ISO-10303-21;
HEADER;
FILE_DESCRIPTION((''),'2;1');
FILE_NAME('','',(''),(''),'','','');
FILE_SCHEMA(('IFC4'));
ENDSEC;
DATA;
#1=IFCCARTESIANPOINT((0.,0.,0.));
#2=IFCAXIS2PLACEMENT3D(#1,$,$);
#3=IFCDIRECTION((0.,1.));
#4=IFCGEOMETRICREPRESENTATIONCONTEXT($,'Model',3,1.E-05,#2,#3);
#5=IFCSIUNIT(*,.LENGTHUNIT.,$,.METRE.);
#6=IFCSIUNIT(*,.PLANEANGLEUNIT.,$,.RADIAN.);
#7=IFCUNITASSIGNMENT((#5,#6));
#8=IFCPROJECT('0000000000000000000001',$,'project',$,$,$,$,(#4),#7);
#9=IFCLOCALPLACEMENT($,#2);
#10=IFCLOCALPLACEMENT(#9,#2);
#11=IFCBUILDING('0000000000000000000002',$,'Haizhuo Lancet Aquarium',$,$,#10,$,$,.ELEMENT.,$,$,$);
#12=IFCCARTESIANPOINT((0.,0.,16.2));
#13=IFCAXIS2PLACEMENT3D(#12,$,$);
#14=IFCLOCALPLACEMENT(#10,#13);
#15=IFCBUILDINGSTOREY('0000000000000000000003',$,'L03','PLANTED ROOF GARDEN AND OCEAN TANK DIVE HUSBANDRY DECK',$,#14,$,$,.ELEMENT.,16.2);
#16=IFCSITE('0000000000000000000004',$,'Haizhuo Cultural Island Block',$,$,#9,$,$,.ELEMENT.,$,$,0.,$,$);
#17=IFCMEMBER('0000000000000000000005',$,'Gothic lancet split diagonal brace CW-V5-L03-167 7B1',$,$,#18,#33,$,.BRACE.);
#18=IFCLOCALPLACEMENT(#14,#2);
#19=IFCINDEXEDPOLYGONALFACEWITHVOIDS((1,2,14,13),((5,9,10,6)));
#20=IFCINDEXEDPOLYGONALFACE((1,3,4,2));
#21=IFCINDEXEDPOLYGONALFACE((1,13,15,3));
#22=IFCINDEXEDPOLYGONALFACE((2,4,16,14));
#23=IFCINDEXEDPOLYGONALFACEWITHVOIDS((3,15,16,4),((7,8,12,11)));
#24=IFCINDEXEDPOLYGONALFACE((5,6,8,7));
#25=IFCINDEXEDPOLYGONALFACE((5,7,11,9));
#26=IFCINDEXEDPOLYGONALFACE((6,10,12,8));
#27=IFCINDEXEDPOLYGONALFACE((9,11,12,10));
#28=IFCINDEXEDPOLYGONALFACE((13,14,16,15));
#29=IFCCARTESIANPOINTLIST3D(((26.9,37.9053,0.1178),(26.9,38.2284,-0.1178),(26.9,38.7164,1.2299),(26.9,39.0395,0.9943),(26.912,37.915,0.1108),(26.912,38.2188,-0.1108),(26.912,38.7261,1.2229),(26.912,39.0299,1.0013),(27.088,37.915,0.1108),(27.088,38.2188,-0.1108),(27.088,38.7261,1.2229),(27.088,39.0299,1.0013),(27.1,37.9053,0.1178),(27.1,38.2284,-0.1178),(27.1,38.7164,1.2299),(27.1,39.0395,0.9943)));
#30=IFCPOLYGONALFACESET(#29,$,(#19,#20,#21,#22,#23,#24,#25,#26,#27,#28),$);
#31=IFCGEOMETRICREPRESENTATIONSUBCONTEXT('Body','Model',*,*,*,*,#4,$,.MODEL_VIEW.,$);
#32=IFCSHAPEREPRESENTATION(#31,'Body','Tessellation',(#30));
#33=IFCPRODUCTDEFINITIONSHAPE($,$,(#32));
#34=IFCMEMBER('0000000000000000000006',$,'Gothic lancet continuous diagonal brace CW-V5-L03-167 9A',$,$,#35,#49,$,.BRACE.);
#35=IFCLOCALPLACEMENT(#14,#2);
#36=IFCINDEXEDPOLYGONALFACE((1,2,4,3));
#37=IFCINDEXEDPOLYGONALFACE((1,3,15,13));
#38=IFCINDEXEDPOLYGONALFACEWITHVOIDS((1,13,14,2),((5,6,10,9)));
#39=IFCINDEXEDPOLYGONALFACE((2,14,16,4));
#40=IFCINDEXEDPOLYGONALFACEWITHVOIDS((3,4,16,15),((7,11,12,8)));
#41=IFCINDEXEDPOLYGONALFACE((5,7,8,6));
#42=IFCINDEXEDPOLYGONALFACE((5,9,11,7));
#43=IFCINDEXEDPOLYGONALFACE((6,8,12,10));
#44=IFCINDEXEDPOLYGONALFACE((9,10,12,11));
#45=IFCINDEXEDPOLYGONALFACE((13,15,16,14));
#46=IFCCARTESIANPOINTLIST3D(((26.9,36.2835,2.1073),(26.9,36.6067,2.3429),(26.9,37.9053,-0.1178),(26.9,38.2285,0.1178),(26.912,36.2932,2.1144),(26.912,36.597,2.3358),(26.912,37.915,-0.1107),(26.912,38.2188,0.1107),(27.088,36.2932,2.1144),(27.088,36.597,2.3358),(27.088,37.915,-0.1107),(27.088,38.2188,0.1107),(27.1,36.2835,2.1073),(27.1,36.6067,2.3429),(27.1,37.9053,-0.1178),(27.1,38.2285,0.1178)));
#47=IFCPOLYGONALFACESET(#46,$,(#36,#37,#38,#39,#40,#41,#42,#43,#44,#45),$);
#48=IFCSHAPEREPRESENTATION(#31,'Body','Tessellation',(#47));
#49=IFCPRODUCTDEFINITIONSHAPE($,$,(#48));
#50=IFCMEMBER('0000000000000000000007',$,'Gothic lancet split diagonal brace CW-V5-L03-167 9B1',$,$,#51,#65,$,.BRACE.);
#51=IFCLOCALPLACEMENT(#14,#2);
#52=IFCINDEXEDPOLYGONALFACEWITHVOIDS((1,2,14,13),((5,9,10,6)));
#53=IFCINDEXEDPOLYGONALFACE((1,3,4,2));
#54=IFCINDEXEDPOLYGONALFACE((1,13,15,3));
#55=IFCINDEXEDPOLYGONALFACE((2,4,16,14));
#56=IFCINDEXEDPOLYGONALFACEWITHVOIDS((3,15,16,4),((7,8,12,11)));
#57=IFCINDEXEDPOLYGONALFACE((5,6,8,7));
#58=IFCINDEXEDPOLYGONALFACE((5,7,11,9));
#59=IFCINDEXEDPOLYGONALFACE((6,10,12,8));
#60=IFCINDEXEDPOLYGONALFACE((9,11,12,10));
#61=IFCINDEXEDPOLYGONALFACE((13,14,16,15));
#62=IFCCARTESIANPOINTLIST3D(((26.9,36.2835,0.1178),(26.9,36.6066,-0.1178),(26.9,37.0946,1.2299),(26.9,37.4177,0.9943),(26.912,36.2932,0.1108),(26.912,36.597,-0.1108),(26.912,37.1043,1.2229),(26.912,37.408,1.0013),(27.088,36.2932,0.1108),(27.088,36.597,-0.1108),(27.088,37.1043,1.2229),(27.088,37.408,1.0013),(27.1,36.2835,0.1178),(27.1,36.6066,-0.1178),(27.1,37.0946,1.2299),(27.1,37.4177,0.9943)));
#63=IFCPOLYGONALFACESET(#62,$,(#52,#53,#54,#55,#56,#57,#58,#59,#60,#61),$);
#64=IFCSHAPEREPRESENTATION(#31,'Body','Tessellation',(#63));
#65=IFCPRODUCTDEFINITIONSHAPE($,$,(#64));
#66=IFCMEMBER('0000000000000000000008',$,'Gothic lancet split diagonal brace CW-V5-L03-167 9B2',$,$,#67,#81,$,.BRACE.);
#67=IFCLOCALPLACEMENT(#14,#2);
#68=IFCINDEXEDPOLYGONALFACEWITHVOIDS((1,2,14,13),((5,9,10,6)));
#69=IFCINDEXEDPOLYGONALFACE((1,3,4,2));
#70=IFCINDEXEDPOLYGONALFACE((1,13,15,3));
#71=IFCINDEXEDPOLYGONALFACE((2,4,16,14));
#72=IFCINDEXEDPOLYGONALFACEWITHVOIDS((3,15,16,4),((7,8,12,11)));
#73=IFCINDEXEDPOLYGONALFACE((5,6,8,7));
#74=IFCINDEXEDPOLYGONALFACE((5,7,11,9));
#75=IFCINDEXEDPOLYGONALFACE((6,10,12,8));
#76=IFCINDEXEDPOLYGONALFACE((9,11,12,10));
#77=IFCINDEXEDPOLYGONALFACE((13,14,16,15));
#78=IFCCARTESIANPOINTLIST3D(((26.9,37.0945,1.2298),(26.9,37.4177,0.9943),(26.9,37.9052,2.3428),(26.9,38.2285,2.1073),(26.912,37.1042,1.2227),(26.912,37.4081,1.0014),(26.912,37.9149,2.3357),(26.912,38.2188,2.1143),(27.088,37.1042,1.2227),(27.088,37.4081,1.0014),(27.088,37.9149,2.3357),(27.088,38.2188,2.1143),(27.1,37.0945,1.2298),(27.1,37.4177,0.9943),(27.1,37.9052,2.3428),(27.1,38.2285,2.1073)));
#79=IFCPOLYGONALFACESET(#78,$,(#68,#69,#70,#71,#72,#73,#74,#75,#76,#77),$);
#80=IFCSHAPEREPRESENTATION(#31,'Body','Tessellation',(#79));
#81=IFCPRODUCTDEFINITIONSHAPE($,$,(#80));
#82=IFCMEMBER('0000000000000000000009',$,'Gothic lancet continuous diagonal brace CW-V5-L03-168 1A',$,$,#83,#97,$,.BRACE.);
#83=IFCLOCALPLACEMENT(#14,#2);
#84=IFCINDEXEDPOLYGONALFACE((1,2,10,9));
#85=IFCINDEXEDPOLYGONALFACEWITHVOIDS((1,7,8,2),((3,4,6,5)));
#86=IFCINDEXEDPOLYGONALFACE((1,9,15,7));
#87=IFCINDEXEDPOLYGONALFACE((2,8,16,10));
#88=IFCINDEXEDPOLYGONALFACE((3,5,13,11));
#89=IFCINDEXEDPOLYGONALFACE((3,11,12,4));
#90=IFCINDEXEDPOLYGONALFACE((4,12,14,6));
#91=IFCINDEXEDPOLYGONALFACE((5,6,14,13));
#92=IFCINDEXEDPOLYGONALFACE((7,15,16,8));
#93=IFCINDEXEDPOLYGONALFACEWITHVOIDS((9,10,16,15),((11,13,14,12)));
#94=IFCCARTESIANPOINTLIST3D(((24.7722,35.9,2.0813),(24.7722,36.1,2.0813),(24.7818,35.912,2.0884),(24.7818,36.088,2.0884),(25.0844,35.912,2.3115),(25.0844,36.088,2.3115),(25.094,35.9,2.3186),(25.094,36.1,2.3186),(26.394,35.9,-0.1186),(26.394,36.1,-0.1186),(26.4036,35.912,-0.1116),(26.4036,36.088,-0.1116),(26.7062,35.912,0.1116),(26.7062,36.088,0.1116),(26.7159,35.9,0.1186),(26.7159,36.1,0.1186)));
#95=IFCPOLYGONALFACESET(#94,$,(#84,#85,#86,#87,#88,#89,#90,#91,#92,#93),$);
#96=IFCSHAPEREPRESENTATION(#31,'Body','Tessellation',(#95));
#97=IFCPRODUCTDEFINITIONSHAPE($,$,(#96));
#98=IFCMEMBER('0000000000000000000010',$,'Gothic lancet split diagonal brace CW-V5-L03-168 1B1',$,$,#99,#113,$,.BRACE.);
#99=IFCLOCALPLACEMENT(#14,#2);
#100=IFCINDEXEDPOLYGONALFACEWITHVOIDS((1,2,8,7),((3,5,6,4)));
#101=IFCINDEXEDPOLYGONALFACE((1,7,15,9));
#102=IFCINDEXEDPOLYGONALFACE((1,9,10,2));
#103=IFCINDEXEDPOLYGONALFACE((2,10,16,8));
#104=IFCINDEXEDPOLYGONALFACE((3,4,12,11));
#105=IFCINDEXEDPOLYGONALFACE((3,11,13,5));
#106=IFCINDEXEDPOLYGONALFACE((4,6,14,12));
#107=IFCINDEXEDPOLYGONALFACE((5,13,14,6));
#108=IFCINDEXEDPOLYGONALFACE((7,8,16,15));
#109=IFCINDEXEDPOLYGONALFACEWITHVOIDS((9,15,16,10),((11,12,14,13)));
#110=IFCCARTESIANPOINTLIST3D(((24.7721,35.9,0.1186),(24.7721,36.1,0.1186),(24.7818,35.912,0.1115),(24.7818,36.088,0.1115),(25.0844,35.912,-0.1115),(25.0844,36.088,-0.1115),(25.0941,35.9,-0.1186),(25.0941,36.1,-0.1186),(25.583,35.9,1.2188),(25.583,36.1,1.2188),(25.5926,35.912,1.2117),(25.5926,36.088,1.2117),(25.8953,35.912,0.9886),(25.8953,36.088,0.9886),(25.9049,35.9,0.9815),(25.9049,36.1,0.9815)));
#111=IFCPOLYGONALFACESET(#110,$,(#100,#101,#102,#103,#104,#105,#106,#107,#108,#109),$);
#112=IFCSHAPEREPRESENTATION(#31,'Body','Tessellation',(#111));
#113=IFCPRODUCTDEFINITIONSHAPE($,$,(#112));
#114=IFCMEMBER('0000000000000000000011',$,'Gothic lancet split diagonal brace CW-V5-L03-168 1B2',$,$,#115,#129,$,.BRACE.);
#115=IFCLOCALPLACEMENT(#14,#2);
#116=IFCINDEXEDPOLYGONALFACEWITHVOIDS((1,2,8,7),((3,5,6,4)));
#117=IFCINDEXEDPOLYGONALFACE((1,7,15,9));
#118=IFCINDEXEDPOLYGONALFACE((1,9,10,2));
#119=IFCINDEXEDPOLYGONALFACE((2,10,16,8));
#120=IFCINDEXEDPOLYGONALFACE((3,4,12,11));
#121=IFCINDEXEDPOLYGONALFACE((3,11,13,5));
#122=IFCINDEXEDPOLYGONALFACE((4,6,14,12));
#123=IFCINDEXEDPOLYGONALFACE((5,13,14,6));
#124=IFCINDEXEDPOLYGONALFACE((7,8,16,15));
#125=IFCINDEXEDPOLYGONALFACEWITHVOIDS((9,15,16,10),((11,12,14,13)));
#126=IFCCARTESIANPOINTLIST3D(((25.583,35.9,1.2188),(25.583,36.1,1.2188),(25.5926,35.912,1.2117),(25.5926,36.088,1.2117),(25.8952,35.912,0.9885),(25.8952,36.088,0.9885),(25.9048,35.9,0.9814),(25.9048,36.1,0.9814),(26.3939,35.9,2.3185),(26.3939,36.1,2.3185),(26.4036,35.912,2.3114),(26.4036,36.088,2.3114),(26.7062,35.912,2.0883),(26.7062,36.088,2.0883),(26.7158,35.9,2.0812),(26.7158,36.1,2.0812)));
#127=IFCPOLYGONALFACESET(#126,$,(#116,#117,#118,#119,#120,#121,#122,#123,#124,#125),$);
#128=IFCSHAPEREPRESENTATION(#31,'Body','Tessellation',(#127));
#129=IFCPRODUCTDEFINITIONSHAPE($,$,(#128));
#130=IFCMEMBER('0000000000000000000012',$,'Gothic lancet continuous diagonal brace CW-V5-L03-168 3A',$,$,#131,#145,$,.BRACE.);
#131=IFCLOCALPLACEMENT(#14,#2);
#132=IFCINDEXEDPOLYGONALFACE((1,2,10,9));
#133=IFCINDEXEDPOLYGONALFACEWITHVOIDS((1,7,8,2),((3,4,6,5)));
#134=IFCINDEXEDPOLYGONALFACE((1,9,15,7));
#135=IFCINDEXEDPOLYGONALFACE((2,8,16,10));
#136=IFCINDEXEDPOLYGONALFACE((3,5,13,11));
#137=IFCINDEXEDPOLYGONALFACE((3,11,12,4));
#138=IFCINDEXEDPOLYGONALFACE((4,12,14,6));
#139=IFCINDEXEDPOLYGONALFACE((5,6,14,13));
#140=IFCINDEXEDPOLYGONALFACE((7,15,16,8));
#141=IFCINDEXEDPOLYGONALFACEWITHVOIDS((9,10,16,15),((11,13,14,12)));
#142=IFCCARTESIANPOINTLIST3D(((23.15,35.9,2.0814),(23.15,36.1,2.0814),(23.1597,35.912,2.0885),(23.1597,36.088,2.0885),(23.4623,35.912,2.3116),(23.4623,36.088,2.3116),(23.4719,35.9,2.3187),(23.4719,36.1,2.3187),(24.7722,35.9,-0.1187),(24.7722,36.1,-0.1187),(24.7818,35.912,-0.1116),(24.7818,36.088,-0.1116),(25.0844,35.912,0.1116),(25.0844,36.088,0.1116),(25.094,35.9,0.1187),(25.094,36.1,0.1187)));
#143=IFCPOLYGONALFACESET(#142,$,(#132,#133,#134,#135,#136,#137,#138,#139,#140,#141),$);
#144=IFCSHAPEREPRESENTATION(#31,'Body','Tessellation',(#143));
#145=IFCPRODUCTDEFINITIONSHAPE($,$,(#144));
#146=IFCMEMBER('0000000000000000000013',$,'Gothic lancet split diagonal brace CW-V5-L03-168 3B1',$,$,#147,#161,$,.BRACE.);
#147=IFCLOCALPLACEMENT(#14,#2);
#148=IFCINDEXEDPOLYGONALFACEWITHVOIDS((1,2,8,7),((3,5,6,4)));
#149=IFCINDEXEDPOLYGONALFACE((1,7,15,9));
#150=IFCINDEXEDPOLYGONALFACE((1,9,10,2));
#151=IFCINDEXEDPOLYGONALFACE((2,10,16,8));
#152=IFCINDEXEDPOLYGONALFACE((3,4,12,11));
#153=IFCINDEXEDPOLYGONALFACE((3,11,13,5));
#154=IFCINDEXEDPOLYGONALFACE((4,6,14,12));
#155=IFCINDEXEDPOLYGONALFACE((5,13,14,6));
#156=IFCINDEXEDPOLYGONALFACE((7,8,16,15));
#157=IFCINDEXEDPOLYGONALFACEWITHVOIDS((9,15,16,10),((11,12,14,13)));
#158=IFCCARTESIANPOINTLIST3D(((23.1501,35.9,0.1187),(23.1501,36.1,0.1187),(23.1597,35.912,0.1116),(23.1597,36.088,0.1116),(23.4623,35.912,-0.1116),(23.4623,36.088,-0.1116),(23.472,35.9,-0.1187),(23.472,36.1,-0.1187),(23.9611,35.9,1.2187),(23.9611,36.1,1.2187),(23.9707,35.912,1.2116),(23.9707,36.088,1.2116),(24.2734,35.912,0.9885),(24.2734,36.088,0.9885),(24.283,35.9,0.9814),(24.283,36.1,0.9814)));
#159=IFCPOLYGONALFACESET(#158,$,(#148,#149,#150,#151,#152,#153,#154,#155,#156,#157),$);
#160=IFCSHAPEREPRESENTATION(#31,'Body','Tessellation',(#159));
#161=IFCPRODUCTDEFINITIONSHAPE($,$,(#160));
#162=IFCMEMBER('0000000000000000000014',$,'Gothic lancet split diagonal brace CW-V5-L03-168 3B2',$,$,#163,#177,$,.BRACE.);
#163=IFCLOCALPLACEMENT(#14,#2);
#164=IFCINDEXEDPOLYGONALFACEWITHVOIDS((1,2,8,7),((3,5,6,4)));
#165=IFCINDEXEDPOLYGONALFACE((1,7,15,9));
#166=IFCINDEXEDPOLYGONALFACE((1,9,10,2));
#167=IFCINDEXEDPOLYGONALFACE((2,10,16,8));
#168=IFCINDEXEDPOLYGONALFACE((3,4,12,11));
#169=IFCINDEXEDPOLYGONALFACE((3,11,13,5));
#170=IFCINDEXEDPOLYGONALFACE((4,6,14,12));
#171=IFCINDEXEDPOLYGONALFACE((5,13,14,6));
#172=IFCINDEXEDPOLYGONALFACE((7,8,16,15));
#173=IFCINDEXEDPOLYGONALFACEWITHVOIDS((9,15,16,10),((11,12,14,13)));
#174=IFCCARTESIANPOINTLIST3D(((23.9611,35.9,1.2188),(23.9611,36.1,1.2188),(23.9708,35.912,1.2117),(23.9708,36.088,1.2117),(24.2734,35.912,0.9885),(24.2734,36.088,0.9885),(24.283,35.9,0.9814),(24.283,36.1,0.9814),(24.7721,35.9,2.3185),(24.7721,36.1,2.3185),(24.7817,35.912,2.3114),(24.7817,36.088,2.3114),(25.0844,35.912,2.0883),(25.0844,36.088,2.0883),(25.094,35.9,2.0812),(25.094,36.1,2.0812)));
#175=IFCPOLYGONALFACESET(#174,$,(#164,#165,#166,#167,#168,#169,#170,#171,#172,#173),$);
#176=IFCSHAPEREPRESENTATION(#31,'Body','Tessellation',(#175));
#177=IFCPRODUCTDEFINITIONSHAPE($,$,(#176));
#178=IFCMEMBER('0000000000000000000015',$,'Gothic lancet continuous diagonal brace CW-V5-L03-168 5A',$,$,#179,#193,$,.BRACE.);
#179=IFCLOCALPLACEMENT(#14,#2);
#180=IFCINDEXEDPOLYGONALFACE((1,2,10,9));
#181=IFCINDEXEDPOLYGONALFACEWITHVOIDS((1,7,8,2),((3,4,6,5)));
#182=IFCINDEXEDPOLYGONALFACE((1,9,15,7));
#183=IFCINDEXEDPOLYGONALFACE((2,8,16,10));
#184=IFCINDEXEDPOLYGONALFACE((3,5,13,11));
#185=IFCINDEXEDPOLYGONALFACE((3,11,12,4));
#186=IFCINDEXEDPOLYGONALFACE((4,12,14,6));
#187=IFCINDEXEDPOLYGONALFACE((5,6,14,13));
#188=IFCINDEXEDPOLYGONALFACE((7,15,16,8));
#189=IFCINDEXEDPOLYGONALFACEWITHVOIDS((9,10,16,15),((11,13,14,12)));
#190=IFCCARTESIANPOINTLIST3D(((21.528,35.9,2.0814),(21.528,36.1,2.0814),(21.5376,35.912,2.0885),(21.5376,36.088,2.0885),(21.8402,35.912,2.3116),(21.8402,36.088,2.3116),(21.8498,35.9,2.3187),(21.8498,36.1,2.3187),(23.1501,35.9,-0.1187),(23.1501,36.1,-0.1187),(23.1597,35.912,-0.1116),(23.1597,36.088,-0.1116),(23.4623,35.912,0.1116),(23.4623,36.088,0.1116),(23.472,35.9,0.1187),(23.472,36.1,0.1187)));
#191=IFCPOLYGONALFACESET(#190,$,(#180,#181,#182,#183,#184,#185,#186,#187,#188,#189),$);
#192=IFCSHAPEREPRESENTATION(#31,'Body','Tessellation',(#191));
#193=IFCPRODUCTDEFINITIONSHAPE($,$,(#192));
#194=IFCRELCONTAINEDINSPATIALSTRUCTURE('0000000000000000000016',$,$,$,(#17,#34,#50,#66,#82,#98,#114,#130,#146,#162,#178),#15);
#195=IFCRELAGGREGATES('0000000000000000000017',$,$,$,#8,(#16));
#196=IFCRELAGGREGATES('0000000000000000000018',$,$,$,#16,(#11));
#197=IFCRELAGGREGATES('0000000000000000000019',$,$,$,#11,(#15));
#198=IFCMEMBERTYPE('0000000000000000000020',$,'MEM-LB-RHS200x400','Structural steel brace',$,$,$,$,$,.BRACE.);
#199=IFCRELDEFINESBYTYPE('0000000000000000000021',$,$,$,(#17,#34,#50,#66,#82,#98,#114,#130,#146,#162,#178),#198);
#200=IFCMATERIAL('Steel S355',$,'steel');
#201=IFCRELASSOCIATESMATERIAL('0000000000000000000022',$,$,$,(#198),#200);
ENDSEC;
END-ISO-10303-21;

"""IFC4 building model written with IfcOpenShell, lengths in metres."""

from ifc_helpers import new_model, si_unit, direction, frame, origin, origin_2d, place, context, subcontext, project, spatial, hollow_rectangle, extrude, material, material_profile, profile_set, type_object, element, save


model = new_model("IFC4")

# Units and contexts
model_context = context("Model", 3, precision=1e-05, world=origin(), true_north=direction((0.0, 1.0)))
body_context = subcontext(model_context, "Body", "Model", "MODEL_VIEW")
ifc_project = project(units=[si_unit("LENGTHUNIT", "METRE"), si_unit("PLANEANGLEUNIT", "RADIAN")], contexts=[model_context])

# Site, building, storey
site_placement = place(None, origin())
site = spatial("IfcSite", under=ifc_project, at=site_placement, Name="Haizhuo Cultural Island Block", CompositionType="ELEMENT", RefElevation=0.0)
building_placement = place(site_placement, origin())
building = spatial("IfcBuilding", under=site, at=building_placement, Name="Haizhuo Lancet Aquarium", CompositionType="ELEMENT")
storey_placement = place(building_placement, frame((0.0, 0.0, 16.2)))
storey = spatial("IfcBuildingStorey", under=building, at=storey_placement, Name="L03", Description="PLANTED ROOF GARDEN AND OCEAN TANK DIVE HUSBANDRY DECK", CompositionType="ELEMENT", Elevation=16.2)

# Members
ifc_material_1 = material(Name="Steel S355", Category="steel")
ifc_material_profile_1 = material_profile(ifc_material_1, hollow_rectangle(XDim=0.2, YDim=0.3999, WallThickness=0.012, at=origin_2d()), Name="RHS 200x400x12")
ifc_profile_set_1 = profile_set([ifc_material_profile_1], Name="Steel S355")
member_type_1 = type_object("IfcMemberType", Name="MEM-LB-RHS200x400", Description="Structural steel brace", PredefinedType="BRACE", material=ifc_profile_set_1)
member_1_placement = place(storey_placement, frame((27.0, 38.0669, 0.0), z_axis=(0.0, 0.589247, 0.807953), x_axis=(-1.0, 0.0, 0.0)))
element("IfcMember", 1, at=member_1_placement, inside=storey, type_object=member_type_1, Name="Gothic lancet split diagonal brace CW-V5-L03-167 7B1", PredefinedType="BRACE", context=body_context, shape_type="SweptSolid", body=[
    extrude(hollow_rectangle(XDim=0.2, YDim=0.3999, WallThickness=0.012, at=origin_2d()), origin(), (0.0, 0.0, 1.0), 1.3765),
])
member_2_placement = place(storey_placement, frame((27.0, 38.0669, 0.0), z_axis=(0.0, -0.58902, 0.808118), x_axis=(1.0, 0.0, 0.0)))
element("IfcMember", 2, at=member_2_placement, inside=storey, type_object=member_type_1, Name="Gothic lancet continuous diagonal brace CW-V5-L03-167 9A", PredefinedType="BRACE", context=body_context, shape_type="SweptSolid", body=[
    extrude(hollow_rectangle(XDim=0.2, YDim=0.3999, WallThickness=0.012, at=origin_2d()), origin(), (0.0, 0.0, 1.0), 2.7534),
])
member_3_placement = place(storey_placement, frame((27.0, 36.4451, 0.0), z_axis=(0.0, 0.589247, 0.807953), x_axis=(-1.0, 0.0, 0.0)))
element("IfcMember", 3, at=member_3_placement, inside=storey, type_object=member_type_1, Name="Gothic lancet split diagonal brace CW-V5-L03-167 9B1", PredefinedType="BRACE", context=body_context, shape_type="SweptSolid", body=[
    extrude(hollow_rectangle(XDim=0.2, YDim=0.3999, WallThickness=0.012, at=origin_2d()), origin(), (0.0, 0.0, 1.0), 1.3765),
])
member_4_placement = place(storey_placement, frame((27.0, 37.2561, 1.1121), z_axis=(0.0, 0.588793, 0.808284), x_axis=(-1.0, 0.0, 0.0)))
element("IfcMember", 4, at=member_4_placement, inside=storey, type_object=member_type_1, Name="Gothic lancet split diagonal brace CW-V5-L03-167 9B2", PredefinedType="BRACE", context=body_context, shape_type="SweptSolid", body=[
    extrude(hollow_rectangle(XDim=0.2, YDim=0.3999, WallThickness=0.012, at=origin_2d()), origin(), (0.0, 0.0, 1.0), 1.377),
])
member_5_placement = place(storey_placement, frame((26.5549, 36.0, 0.0), z_axis=(-0.593391, 0.0, 0.804914), x_axis=(0.0, -1.0, 0.0)))
element("IfcMember", 5, at=member_5_placement, inside=storey, type_object=member_type_1, Name="Gothic lancet continuous diagonal brace CW-V5-L03-168 1A", PredefinedType="BRACE", context=body_context, shape_type="SweptSolid", body=[
    extrude(hollow_rectangle(XDim=0.2, YDim=0.3999, WallThickness=0.012, at=origin_2d()), origin(), (0.0, 0.0, 1.0), 2.7332),
])
member_6_placement = place(storey_placement, frame((24.9331, 36.0, 0.0), z_axis=(0.59329, 0.0, 0.804988), x_axis=(0.0, 1.0, 0.0)))
element("IfcMember", 6, at=member_6_placement, inside=storey, type_object=member_type_1, Name="Gothic lancet split diagonal brace CW-V5-L03-168 1B1", PredefinedType="BRACE", context=body_context, shape_type="SweptSolid", body=[
    extrude(hollow_rectangle(XDim=0.2, YDim=0.3999, WallThickness=0.012, at=origin_2d()), origin(), (0.0, 0.0, 1.0), 1.3667),
])
member_7_placement = place(storey_placement, frame((25.7439, 36.0, 1.1001), z_axis=(0.593492, 0.0, 0.80484), x_axis=(0.0, 1.0, 0.0)))
element("IfcMember", 7, at=member_7_placement, inside=storey, type_object=member_type_1, Name="Gothic lancet split diagonal brace CW-V5-L03-168 1B2", PredefinedType="BRACE", context=body_context, shape_type="SweptSolid", body=[
    extrude(hollow_rectangle(XDim=0.2, YDim=0.3999, WallThickness=0.012, at=origin_2d()), origin(), (0.0, 0.0, 1.0), 1.3665),
])
member_8_placement = place(storey_placement, frame((24.9331, 36.0, 0.0), z_axis=(-0.593449, 0.0, 0.804872), x_axis=(0.0, -1.0, 0.0)))
element("IfcMember", 8, at=member_8_placement, inside=storey, type_object=member_type_1, Name="Gothic lancet continuous diagonal brace CW-V5-L03-168 3A", PredefinedType="BRACE", context=body_context, shape_type="SweptSolid", body=[
    extrude(hollow_rectangle(XDim=0.2, YDim=0.3999, WallThickness=0.012, at=origin_2d()), origin(), (0.0, 0.0, 1.0), 2.7334),
])
member_9_placement = place(storey_placement, frame((23.311, 36.0, 0.0), z_axis=(0.593406, 0.0, 0.804903), x_axis=(0.0, 1.0, 0.0)))
element("IfcMember", 9, at=member_9_placement, inside=storey, type_object=member_type_1, Name="Gothic lancet split diagonal brace CW-V5-L03-168 3B1", PredefinedType="BRACE", context=body_context, shape_type="SweptSolid", body=[
    extrude(hollow_rectangle(XDim=0.2, YDim=0.3999, WallThickness=0.012, at=origin_2d()), origin(), (0.0, 0.0, 1.0), 1.3667),
])
member_10_placement = place(storey_placement, frame((24.1221, 36.0, 1.1001), z_axis=(0.593492, 0.0, 0.80484), x_axis=(0.0, 1.0, 0.0)))
element("IfcMember", 10, at=member_10_placement, inside=storey, type_object=member_type_1, Name="Gothic lancet split diagonal brace CW-V5-L03-168 3B2", PredefinedType="BRACE", context=body_context, shape_type="SweptSolid", body=[
    extrude(hollow_rectangle(XDim=0.2, YDim=0.3999, WallThickness=0.012, at=origin_2d()), origin(), (0.0, 0.0, 1.0), 1.3665),
])
member_11_placement = place(storey_placement, frame((23.311, 36.0, 0.0), z_axis=(-0.593449, 0.0, 0.804872), x_axis=(0.0, -1.0, 0.0)))
element("IfcMember", 11, at=member_11_placement, inside=storey, type_object=member_type_1, Name="Gothic lancet continuous diagonal brace CW-V5-L03-168 5A", PredefinedType="BRACE", context=body_context, shape_type="SweptSolid", body=[
    extrude(hollow_rectangle(XDim=0.2, YDim=0.3999, WallThickness=0.012, at=origin_2d()), origin(), (0.0, 0.0, 1.0), 2.7334),
])

save(model, "model.ifc")
